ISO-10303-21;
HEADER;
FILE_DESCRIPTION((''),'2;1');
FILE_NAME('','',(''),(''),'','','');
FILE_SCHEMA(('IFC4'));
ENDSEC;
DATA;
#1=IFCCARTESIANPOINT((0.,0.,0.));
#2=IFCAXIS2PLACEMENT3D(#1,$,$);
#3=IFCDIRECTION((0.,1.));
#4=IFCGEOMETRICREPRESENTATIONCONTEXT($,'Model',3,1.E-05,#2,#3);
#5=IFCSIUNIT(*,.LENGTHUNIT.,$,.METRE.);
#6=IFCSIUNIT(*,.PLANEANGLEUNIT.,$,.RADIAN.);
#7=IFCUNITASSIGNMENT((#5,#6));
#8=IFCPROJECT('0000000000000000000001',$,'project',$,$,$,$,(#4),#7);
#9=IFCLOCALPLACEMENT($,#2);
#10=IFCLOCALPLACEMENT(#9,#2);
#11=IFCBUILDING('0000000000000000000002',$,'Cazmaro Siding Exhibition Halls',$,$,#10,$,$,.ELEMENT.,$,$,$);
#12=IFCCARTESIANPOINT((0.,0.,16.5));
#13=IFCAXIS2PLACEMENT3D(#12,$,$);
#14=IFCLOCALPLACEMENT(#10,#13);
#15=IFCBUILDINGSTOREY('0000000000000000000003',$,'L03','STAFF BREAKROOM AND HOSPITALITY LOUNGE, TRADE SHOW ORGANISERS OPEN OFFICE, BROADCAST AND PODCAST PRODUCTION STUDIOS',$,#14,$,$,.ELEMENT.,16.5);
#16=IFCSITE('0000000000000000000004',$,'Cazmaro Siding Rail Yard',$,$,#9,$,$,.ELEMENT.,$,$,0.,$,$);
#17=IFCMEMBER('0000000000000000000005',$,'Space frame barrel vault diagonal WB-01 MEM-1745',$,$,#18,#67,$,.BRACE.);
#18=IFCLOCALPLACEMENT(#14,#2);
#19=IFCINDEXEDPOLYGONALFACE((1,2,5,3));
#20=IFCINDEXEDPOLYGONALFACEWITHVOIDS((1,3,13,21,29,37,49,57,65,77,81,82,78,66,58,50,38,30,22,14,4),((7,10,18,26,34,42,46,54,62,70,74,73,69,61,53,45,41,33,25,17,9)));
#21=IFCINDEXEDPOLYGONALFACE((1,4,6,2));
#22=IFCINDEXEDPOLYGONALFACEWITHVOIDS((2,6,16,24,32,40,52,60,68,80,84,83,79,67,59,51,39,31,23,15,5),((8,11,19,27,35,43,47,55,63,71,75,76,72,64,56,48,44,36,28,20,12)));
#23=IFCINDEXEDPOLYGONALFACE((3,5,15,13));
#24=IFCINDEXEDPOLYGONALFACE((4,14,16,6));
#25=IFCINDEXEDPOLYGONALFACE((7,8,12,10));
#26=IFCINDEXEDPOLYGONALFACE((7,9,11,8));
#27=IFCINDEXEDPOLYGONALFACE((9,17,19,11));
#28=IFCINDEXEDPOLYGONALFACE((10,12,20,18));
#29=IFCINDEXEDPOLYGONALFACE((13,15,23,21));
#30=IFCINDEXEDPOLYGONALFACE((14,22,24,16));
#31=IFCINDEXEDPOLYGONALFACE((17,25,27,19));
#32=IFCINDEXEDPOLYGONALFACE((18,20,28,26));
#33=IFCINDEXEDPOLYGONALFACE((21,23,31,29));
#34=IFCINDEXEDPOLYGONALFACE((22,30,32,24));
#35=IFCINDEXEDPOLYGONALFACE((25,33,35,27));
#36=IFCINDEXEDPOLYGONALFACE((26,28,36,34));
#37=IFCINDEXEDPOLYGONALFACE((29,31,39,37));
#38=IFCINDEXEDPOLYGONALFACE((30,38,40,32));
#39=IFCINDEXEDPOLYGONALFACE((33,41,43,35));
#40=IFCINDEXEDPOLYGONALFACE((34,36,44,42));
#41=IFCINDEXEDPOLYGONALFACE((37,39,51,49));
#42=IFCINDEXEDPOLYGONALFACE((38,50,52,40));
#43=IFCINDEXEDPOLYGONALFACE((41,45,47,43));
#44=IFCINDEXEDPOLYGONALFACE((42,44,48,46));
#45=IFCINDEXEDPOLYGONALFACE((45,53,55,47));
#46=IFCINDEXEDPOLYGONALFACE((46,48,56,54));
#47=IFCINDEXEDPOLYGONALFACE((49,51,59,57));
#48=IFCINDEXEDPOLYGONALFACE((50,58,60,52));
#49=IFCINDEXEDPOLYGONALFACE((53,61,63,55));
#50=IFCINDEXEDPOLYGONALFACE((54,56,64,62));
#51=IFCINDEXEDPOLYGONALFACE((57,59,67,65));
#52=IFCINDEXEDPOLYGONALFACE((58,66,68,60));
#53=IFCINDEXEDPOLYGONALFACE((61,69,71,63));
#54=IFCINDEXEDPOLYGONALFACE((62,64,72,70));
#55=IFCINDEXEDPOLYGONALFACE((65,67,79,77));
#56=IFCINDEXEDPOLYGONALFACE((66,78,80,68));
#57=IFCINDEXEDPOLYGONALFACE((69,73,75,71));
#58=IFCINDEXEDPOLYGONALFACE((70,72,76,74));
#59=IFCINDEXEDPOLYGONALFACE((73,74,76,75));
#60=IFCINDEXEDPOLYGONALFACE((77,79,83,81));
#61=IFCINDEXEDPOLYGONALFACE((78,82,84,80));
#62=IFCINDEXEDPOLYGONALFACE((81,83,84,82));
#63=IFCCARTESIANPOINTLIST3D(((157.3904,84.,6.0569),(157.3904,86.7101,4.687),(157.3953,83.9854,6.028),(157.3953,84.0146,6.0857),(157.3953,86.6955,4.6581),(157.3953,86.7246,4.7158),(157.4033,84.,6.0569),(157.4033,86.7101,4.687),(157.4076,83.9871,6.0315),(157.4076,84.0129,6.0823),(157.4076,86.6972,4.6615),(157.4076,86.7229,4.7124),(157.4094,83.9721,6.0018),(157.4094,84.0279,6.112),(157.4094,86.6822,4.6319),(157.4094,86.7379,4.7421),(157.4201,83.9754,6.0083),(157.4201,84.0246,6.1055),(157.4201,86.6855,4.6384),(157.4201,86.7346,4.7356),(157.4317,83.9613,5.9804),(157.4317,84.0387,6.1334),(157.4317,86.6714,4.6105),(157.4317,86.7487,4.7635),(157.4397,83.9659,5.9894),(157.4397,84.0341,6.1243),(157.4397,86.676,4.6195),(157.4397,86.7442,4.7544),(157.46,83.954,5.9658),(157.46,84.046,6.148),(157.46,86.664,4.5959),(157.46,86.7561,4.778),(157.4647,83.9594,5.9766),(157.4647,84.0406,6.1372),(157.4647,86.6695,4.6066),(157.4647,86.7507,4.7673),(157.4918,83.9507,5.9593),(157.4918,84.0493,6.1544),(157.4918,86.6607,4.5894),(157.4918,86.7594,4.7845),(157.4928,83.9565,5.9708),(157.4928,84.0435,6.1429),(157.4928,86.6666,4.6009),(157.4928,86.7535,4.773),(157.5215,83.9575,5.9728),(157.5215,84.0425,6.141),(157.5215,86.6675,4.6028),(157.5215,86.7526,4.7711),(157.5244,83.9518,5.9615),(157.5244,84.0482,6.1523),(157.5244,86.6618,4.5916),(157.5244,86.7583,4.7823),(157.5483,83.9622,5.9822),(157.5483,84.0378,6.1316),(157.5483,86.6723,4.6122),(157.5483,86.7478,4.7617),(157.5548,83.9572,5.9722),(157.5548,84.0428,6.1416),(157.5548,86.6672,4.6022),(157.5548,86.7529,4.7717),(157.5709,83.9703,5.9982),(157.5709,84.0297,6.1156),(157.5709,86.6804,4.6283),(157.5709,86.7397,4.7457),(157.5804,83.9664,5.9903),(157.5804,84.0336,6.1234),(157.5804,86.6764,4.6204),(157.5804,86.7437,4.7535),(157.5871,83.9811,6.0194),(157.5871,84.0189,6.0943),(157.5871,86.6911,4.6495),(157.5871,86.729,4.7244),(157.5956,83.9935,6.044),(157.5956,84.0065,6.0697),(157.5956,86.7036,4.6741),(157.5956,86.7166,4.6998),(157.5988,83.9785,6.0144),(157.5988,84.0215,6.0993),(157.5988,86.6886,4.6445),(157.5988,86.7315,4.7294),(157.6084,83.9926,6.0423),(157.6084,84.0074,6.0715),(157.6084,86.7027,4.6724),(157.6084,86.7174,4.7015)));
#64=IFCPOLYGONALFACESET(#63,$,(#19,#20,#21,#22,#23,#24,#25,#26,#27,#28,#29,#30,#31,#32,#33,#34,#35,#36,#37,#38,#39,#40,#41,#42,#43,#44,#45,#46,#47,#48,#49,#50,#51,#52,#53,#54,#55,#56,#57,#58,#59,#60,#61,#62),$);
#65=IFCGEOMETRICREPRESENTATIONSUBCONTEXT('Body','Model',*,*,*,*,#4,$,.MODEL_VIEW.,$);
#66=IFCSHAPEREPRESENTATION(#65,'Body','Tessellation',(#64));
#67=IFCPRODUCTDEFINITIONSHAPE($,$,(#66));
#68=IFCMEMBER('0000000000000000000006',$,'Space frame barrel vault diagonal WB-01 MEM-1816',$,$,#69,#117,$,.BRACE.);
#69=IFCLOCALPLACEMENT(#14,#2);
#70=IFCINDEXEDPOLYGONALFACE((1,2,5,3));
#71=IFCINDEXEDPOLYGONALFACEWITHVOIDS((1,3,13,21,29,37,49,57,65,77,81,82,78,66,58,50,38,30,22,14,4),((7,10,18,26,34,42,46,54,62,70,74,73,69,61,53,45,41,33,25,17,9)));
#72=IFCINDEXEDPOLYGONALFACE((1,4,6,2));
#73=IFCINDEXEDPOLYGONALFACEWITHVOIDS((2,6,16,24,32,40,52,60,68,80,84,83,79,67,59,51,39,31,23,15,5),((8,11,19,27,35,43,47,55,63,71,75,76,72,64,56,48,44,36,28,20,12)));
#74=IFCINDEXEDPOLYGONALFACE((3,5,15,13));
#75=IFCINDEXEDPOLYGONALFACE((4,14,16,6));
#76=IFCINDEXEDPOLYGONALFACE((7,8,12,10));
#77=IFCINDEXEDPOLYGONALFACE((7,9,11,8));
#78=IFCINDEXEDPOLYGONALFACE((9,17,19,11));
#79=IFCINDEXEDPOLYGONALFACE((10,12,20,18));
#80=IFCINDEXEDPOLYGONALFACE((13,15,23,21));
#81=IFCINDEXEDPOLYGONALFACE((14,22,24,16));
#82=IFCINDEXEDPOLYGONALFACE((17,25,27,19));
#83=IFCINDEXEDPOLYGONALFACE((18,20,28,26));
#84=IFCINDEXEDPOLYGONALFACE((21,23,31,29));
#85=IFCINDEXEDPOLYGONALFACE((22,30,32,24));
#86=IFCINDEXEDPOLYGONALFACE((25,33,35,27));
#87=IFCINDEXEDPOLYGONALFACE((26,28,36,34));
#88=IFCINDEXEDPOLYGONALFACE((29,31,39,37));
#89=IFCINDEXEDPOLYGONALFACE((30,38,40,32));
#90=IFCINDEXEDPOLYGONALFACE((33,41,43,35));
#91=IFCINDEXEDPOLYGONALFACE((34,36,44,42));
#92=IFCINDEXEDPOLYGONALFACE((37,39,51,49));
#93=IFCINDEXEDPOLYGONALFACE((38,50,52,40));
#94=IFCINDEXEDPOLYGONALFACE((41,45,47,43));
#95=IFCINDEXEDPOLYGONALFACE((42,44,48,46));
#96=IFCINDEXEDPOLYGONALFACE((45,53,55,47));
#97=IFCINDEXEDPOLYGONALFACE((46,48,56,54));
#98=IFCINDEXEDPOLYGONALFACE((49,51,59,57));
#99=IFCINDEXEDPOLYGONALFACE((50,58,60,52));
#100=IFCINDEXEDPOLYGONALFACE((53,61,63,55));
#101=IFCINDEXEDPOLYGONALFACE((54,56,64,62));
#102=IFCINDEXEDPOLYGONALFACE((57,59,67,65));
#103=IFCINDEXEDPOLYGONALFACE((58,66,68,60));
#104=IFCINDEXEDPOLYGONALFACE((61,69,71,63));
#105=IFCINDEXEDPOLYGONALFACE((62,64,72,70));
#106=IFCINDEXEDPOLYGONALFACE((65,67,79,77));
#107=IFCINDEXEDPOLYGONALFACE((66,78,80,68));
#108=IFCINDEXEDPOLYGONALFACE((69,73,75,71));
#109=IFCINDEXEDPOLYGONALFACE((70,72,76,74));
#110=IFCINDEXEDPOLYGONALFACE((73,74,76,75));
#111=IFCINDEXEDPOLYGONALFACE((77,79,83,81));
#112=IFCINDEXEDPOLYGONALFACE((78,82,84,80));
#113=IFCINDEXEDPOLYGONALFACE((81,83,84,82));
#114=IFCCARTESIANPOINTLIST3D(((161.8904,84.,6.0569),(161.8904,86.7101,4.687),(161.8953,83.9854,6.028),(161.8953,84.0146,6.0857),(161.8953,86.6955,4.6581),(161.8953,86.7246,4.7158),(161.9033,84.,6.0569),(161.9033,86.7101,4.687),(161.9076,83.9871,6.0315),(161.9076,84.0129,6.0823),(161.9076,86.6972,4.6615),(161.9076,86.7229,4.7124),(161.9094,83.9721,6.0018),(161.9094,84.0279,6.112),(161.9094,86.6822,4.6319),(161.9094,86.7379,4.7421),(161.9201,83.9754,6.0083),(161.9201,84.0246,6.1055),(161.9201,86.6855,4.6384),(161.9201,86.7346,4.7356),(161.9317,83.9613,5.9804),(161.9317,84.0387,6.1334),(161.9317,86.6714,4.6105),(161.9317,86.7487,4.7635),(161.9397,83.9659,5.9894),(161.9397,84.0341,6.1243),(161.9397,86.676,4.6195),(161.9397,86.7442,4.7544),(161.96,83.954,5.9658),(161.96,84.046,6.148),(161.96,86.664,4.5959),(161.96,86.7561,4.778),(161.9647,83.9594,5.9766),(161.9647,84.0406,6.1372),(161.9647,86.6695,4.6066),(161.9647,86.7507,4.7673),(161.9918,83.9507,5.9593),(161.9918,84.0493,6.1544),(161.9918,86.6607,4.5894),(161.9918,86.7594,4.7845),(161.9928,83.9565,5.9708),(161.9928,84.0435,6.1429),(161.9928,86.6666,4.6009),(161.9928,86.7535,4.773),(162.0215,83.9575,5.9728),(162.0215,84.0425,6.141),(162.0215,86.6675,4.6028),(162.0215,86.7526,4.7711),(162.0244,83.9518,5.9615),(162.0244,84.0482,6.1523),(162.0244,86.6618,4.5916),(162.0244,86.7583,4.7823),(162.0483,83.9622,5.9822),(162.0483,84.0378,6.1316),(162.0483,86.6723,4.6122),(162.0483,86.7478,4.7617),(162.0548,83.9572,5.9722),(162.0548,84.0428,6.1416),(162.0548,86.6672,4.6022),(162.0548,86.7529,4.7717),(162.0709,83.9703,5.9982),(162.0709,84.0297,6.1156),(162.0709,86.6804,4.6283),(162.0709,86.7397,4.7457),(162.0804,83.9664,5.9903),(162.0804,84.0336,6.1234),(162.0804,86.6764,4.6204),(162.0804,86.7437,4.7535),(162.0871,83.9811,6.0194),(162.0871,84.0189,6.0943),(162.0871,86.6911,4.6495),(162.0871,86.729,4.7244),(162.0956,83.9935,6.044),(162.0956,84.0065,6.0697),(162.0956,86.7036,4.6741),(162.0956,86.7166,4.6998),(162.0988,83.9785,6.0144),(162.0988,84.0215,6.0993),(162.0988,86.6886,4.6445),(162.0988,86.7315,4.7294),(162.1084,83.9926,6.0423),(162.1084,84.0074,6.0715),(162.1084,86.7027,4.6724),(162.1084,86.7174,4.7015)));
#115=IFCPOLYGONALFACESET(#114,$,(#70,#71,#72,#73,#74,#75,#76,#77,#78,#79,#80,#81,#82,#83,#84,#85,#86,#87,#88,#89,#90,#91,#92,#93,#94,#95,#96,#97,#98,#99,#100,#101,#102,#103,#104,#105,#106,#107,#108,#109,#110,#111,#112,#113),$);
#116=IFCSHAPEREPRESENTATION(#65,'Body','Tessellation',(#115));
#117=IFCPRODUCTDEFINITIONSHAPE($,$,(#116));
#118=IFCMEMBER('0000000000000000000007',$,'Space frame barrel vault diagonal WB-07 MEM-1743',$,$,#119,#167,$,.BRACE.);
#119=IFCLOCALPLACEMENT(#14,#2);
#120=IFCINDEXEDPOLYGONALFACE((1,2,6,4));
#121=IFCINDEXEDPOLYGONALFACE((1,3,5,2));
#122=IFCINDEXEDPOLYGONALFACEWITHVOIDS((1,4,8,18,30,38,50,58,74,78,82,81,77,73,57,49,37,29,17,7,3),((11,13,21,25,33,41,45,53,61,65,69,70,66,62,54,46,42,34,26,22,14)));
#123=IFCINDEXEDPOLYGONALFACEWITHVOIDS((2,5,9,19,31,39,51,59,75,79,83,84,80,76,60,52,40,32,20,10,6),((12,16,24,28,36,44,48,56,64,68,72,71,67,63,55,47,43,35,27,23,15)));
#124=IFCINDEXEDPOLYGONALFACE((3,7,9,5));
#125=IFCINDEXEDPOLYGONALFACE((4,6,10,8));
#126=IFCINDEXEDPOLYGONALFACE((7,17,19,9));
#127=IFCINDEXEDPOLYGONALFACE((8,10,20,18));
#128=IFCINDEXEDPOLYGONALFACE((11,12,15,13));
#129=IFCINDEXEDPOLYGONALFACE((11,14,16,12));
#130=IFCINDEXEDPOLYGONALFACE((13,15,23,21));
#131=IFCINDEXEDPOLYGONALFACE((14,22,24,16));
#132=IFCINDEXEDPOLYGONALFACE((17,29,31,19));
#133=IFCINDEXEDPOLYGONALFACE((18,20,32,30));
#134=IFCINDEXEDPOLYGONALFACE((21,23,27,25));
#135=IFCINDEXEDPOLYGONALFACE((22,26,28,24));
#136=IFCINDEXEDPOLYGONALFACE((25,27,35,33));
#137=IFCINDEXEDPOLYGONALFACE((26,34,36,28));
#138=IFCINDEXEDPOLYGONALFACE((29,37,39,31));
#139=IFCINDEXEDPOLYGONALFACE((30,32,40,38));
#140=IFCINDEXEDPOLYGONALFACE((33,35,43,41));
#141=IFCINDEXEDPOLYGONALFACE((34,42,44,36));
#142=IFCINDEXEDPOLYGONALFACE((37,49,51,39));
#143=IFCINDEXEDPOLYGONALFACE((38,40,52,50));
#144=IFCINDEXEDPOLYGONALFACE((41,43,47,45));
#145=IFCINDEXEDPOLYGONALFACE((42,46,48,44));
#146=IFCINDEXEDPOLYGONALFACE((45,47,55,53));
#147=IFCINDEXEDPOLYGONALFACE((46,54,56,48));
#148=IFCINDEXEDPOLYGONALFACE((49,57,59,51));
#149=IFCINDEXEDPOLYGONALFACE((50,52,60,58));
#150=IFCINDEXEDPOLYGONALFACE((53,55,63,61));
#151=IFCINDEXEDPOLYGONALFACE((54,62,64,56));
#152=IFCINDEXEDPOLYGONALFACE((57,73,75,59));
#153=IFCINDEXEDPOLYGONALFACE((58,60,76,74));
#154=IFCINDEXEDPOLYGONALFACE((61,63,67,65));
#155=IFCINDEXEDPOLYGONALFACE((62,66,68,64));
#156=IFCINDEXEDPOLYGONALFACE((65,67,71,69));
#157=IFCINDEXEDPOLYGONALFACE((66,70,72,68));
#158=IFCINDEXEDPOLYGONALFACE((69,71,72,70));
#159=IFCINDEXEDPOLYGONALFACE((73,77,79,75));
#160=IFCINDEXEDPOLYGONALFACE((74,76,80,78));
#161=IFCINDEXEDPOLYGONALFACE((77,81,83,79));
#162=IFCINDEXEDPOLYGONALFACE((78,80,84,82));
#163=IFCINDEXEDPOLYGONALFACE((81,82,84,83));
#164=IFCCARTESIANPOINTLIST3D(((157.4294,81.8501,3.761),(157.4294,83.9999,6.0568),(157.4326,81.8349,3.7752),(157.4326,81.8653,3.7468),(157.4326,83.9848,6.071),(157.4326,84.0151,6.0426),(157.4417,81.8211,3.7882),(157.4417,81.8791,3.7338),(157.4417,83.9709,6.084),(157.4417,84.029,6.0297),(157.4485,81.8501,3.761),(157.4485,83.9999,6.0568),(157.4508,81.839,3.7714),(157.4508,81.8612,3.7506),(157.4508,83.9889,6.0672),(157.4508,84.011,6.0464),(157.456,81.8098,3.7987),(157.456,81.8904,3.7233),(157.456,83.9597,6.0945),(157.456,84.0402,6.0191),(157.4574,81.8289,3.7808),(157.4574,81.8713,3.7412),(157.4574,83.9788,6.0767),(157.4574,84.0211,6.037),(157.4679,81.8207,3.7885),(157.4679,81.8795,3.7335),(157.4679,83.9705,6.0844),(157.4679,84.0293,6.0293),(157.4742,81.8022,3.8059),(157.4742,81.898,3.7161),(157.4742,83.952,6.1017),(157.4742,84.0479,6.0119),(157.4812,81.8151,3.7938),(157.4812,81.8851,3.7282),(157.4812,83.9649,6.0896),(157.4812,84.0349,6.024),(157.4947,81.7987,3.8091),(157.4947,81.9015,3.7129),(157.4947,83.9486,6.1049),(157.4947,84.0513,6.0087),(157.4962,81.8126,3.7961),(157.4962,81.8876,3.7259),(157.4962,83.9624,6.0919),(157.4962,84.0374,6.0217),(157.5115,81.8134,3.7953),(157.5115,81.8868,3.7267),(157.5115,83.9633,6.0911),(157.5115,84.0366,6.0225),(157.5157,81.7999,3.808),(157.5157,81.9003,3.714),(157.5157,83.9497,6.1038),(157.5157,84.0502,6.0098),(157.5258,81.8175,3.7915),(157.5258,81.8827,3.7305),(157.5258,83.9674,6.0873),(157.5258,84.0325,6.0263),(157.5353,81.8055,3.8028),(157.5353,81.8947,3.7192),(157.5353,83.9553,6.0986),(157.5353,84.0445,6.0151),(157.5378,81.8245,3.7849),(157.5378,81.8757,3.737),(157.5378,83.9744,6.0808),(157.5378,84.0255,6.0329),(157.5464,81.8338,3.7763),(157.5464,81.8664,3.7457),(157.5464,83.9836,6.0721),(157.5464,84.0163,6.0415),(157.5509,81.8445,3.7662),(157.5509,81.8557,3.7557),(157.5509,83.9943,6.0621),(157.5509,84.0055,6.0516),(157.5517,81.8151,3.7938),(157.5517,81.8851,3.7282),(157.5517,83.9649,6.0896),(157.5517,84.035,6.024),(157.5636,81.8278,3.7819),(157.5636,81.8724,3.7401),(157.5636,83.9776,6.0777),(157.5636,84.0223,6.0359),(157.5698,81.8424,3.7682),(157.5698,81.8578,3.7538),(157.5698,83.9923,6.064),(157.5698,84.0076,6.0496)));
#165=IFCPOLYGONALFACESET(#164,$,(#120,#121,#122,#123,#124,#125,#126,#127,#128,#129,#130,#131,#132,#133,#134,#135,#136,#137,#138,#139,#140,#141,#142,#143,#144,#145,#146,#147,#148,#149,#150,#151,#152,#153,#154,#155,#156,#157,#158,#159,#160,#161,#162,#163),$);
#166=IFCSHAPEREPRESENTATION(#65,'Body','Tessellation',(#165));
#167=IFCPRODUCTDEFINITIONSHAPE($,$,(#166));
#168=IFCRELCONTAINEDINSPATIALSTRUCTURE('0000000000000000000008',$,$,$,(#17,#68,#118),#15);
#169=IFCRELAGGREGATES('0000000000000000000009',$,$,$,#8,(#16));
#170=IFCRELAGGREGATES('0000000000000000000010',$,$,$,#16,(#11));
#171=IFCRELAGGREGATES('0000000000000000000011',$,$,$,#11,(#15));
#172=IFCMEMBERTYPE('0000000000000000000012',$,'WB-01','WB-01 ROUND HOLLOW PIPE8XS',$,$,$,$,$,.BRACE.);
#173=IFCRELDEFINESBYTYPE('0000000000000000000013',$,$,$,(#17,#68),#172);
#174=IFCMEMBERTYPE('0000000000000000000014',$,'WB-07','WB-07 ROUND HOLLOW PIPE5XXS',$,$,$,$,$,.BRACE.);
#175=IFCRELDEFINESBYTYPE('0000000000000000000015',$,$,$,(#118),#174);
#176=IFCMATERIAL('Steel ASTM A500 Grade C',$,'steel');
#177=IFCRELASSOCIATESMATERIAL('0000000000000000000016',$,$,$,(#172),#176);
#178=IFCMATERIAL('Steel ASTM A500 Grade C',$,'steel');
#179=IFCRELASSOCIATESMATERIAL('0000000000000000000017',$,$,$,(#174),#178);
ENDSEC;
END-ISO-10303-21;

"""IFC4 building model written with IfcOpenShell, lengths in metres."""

from ifc_helpers import new_model, si_unit, direction, frame, origin, origin_2d, place, context, subcontext, project, spatial, hollow_circle, extrude, material, material_profile, profile_set, type_object, element, save


model = new_model("IFC4")

# Units and contexts
model_context = context("Model", 3, precision=1e-05, world=origin(), true_north=direction((0.0, 1.0)))
body_context = subcontext(model_context, "Body", "Model", "MODEL_VIEW")
ifc_project = project(units=[si_unit("LENGTHUNIT", "METRE"), si_unit("PLANEANGLEUNIT", "RADIAN")], contexts=[model_context])

# Site, building, storey
site_placement = place(None, origin())
site = spatial("IfcSite", under=ifc_project, at=site_placement, Name="Cazmaro Siding Rail Yard", CompositionType="ELEMENT", RefElevation=0.0)
building_placement = place(site_placement, origin())
building = spatial("IfcBuilding", under=site, at=building_placement, Name="Cazmaro Siding Exhibition Halls", CompositionType="ELEMENT")
storey_placement = place(building_placement, frame((0.0, 0.0, 16.5)))
storey = spatial("IfcBuildingStorey", under=building, at=storey_placement, Name="L03", Description="STAFF BREAKROOM AND HOSPITALITY LOUNGE, TRADE SHOW ORGANISERS OPEN OFFICE, BROADCAST AND PODCAST PRODUCTION STUDIOS", CompositionType="ELEMENT", Elevation=16.5)

# Members
ifc_material_1 = material(Name="Steel ASTM A500 Grade C", Category="steel")
ifc_material_profile_1 = material_profile(ifc_material_1, hollow_circle(Radius=0.1096, WallThickness=0.0129, at=origin_2d()), Name="PIPE8XS")
ifc_profile_set_1 = profile_set([ifc_material_profile_1], Name="Steel ASTM A500 Grade C")
member_type_1 = type_object("IfcMemberType", Name="WB-01", Description="WB-01 ROUND HOLLOW PIPE8XS", PredefinedType="BRACE", material=ifc_profile_set_1)
for number, where, z_axis, x_axis, name in (
    (1, (157.5, 84.0, 6.0569), (0.0, 0.892457, -0.451133), (-1.0, 0.0, 0.0), "Space frame barrel vault diagonal WB-01 MEM-1745"),
    (2, (162.0, 84.0, 6.0569), (0.0, 0.892457, -0.451133), (-1.0, 0.0, 0.0), "Space frame barrel vault diagonal WB-01 MEM-1816"),
):
    element("IfcMember", number, at=place(storey_placement, frame(where, z_axis=z_axis, x_axis=x_axis)), inside=storey, type_object=member_type_1, Name=name, PredefinedType="BRACE", context=body_context, shape_type="SweptSolid", body=[
        extrude(hollow_circle(Radius=0.1096, WallThickness=0.0129, at=origin_2d()), origin(), (0.0, 0.0, 1.0), 3.0366),
    ])
ifc_material_2 = material(Name="Steel ASTM A500 Grade C", Category="steel")
ifc_material_profile_2 = material_profile(ifc_material_2, hollow_circle(Radius=0.0706, WallThickness=0.019, at=origin_2d()), Name="PIPE5XXS")
ifc_profile_set_2 = profile_set([ifc_material_profile_2], Name="Steel ASTM A500 Grade C")
member_type_2 = type_object("IfcMemberType", Name="WB-07", Description="WB-07 ROUND HOLLOW PIPE5XXS", PredefinedType="BRACE", material=ifc_profile_set_2)
member_1_placement = place(storey_placement, frame((157.5, 81.8501, 3.761), z_axis=(0.0, 0.683518, 0.729934), x_axis=(-1.0, 0.0, 0.0)))
element("IfcMember", 3, at=member_1_placement, inside=storey, type_object=member_type_2, Name="Space frame barrel vault diagonal WB-07 MEM-1743", PredefinedType="BRACE", context=body_context, shape_type="SweptSolid", body=[
    extrude(hollow_circle(Radius=0.0706, WallThickness=0.019, at=origin_2d()), origin(), (0.0, 0.0, 1.0), 3.1453),
])

save(model, "model.ifc")
